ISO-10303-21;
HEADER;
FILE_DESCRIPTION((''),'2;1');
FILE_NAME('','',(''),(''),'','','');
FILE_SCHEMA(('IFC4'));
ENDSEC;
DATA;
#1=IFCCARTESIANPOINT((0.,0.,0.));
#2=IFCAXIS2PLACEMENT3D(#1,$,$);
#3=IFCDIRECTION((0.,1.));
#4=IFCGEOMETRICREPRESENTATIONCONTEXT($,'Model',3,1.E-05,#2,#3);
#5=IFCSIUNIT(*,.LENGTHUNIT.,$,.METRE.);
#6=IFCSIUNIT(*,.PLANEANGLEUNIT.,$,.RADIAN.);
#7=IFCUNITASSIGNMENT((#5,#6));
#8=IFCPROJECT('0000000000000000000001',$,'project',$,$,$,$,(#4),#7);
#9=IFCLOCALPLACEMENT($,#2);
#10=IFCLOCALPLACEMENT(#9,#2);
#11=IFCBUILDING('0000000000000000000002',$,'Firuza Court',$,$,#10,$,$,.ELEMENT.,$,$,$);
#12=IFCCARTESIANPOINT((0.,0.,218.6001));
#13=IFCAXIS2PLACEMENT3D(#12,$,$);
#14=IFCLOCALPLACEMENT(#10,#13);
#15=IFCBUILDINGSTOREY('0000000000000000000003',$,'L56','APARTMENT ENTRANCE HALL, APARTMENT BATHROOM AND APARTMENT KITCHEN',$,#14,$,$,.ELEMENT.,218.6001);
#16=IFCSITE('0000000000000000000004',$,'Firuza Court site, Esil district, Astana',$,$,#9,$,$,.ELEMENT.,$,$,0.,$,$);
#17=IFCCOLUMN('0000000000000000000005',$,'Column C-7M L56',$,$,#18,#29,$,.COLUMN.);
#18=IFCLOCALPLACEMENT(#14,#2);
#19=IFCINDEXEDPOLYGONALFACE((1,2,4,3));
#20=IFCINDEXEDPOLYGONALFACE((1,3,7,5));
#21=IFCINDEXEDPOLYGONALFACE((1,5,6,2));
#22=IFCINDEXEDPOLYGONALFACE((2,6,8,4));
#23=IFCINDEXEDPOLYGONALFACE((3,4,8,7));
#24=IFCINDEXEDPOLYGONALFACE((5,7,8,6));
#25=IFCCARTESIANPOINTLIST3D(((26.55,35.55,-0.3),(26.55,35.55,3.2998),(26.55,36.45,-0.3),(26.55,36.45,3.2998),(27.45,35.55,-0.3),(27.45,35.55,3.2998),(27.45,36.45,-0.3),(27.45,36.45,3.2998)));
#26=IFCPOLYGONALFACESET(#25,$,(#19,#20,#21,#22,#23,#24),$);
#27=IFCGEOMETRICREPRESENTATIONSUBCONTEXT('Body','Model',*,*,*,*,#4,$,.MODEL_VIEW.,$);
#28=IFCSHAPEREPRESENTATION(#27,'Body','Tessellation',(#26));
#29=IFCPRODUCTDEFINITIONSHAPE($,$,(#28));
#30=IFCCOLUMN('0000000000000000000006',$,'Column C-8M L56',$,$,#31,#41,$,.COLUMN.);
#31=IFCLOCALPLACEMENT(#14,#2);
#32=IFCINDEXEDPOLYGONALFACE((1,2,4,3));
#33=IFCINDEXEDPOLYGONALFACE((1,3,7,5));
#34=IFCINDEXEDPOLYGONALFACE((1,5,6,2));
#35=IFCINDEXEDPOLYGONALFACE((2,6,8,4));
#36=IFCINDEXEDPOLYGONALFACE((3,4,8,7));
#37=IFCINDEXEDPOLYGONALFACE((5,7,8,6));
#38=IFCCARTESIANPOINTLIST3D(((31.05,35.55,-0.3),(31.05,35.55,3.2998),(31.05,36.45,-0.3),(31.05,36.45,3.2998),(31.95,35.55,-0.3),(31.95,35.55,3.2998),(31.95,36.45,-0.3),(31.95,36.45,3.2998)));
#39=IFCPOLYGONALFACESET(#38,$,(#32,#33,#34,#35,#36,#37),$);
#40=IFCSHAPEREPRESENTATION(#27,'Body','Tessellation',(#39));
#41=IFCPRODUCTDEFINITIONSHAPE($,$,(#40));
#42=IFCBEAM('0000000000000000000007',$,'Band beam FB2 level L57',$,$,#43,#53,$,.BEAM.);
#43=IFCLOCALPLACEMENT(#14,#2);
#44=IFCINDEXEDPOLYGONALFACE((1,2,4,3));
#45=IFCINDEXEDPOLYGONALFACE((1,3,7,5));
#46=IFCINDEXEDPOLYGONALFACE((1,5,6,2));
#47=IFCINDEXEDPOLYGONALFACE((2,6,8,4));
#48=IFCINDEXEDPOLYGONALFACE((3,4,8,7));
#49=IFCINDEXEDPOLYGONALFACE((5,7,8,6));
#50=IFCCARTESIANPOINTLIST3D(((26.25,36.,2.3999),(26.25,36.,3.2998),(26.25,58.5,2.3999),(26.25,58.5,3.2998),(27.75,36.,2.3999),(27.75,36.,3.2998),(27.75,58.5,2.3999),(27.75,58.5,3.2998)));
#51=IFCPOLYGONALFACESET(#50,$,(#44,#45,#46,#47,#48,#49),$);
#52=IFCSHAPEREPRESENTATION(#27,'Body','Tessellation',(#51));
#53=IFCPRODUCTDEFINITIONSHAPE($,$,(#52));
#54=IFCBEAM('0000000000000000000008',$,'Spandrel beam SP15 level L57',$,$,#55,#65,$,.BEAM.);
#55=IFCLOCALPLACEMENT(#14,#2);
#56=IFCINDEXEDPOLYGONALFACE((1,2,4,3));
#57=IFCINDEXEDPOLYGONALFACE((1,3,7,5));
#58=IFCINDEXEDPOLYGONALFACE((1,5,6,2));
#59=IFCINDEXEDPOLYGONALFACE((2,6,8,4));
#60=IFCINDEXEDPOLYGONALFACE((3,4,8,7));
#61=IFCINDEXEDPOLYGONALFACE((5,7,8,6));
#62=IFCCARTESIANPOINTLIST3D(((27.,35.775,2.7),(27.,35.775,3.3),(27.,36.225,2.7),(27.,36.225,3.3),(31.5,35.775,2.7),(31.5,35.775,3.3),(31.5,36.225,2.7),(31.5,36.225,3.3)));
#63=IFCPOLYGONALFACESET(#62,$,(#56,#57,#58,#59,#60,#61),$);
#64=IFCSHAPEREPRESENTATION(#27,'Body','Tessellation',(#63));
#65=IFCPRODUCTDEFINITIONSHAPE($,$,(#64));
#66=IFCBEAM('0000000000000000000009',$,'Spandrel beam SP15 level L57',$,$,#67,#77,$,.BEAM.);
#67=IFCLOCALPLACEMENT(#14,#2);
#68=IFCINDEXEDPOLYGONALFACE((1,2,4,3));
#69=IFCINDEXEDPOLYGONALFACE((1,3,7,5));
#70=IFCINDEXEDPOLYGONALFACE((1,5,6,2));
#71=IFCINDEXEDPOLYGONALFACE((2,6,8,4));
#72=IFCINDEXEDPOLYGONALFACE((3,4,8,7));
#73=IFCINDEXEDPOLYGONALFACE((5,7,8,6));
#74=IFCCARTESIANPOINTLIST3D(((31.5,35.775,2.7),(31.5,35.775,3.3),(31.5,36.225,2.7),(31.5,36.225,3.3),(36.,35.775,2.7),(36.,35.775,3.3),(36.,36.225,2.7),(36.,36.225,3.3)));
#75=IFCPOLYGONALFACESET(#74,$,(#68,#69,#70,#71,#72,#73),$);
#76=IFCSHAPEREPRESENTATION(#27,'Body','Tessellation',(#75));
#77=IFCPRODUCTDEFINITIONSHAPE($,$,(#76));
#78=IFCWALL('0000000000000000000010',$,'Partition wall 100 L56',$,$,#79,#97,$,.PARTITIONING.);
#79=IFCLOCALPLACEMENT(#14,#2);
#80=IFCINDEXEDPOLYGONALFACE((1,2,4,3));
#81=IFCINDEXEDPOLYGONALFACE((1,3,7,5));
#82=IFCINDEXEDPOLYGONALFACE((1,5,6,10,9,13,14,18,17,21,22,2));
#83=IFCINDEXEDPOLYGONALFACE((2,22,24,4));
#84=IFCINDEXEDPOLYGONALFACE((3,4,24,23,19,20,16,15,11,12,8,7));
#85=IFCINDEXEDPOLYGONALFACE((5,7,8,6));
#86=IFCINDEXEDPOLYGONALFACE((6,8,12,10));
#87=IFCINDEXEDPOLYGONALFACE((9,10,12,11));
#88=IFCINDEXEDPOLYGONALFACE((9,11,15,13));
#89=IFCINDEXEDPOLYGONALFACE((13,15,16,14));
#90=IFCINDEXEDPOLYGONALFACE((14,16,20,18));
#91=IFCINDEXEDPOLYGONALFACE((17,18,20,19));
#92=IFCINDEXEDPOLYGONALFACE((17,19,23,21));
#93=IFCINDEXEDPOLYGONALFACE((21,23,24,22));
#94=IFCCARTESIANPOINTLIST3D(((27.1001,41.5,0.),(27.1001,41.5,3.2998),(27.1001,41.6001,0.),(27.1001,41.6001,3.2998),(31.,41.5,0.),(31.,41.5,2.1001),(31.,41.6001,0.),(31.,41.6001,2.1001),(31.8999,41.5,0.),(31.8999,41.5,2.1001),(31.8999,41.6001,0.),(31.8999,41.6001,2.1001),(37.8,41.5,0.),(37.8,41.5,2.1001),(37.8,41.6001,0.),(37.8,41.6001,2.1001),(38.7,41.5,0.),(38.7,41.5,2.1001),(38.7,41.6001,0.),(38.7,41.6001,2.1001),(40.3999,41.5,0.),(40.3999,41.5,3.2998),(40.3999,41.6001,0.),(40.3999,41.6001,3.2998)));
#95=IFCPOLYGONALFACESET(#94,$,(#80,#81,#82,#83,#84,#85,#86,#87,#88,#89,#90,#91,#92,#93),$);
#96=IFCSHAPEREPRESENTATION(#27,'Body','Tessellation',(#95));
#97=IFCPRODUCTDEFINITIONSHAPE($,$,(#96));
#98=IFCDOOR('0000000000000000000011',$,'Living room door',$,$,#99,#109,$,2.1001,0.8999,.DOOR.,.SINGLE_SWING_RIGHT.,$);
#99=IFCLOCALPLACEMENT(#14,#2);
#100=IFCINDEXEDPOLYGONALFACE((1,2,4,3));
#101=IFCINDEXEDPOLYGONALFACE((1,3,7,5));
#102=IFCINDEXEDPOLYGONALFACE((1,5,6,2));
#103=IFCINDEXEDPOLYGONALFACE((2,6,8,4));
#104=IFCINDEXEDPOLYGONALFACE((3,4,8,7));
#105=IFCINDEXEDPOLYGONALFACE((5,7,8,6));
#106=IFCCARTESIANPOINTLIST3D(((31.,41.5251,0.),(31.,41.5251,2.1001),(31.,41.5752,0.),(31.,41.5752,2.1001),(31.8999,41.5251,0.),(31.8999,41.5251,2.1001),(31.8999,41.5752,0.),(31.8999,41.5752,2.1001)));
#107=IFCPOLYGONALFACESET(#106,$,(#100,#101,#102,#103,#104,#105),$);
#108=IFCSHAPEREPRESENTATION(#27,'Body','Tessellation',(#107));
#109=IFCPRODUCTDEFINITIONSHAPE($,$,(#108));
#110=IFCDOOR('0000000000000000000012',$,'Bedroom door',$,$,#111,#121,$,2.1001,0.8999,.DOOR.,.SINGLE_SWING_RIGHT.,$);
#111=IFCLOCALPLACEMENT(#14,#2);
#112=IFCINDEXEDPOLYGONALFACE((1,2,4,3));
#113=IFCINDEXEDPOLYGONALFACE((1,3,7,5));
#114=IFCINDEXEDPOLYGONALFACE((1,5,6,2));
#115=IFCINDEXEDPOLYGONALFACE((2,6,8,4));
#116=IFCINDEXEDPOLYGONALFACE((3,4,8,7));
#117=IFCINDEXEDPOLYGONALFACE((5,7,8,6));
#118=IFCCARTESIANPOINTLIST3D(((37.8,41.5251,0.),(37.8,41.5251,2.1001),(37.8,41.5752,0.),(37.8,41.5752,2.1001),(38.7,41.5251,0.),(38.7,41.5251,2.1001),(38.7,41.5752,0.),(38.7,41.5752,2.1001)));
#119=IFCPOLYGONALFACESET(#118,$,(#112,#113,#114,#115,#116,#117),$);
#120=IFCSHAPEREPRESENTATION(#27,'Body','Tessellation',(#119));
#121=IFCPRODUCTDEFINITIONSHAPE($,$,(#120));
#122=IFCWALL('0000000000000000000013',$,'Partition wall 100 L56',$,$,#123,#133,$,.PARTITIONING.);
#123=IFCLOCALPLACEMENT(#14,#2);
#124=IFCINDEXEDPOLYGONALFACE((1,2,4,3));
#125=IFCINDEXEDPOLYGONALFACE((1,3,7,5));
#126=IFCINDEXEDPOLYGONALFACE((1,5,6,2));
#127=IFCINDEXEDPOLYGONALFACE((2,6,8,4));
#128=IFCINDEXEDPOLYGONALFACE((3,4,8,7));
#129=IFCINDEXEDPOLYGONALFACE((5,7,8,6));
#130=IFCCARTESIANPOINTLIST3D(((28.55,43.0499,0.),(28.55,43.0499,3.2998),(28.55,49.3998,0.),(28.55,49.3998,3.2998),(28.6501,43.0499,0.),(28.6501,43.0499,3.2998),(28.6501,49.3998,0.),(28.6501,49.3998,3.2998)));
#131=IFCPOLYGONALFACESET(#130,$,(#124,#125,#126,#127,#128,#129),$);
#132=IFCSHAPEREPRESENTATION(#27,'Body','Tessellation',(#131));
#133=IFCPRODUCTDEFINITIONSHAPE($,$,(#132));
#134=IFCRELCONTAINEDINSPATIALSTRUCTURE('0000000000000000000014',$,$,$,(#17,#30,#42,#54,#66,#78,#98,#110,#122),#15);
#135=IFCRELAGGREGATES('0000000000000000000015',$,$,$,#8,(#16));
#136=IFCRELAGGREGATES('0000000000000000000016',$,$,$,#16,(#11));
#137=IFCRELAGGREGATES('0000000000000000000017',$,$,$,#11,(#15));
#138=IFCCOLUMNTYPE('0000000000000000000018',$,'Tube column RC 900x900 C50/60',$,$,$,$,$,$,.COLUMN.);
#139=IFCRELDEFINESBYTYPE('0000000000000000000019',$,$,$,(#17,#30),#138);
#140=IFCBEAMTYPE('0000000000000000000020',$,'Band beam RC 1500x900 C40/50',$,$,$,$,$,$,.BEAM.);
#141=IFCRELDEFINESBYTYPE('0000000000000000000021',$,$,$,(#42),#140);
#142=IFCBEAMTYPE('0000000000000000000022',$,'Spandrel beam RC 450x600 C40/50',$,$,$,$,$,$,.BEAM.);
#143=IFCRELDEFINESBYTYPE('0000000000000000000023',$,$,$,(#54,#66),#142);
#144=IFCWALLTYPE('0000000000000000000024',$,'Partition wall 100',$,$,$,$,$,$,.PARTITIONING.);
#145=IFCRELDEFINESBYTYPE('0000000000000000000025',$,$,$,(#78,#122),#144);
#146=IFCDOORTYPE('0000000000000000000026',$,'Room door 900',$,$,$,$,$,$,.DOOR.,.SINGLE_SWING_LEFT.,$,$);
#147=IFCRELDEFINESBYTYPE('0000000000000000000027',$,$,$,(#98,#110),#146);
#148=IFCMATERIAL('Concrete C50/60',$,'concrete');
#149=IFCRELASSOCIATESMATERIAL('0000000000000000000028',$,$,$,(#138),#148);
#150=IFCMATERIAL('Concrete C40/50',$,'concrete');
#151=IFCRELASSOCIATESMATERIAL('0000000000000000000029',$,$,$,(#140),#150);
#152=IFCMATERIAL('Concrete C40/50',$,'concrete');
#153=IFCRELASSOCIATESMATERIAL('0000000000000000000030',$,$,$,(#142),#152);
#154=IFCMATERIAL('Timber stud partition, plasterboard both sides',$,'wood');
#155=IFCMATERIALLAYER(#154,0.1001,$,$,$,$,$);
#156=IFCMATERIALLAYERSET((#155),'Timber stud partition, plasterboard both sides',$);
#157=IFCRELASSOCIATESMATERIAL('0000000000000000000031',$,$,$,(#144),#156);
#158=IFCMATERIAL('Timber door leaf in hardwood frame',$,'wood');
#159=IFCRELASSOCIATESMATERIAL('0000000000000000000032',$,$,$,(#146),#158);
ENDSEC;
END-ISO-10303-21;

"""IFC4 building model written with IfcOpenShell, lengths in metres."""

from ifc_helpers import new_model, si_unit, direction, frame, frame_2d, origin, origin_2d, place, context, subcontext, project, spatial, rectangle, extrude, material, layer, layer_set, material_profile, profile_set, type_object, element, fill, save


model = new_model("IFC4")

# Units and contexts
model_context = context("Model", 3, precision=1e-05, world=origin(), true_north=direction((0.0, 1.0)))
body_context = subcontext(model_context, "Body", "Model", "MODEL_VIEW")
ifc_project = project(units=[si_unit("LENGTHUNIT", "METRE"), si_unit("PLANEANGLEUNIT", "RADIAN")], contexts=[model_context])

# Site, building, storey
site_placement = place(None, origin())
site = spatial("IfcSite", under=ifc_project, at=site_placement, Name="Firuza Court site, Esil district, Astana", CompositionType="ELEMENT", RefElevation=0.0)
building_placement = place(site_placement, origin())
building = spatial("IfcBuilding", under=site, at=building_placement, Name="Firuza Court", CompositionType="ELEMENT")
storey_placement = place(building_placement, frame((0.0, 0.0, 218.6001)))
storey = spatial("IfcBuildingStorey", under=building, at=storey_placement, Name="L56", Description="APARTMENT ENTRANCE HALL, APARTMENT BATHROOM AND APARTMENT KITCHEN", CompositionType="ELEMENT", Elevation=218.6001)

# Columns
ifc_material_1 = material(Name="Concrete C50/60", Category="concrete")
ifc_material_profile_1 = material_profile(ifc_material_1, rectangle(XDim=0.8999, YDim=0.8999, at=origin_2d()), Name="RC 900x900")
ifc_profile_set_1 = profile_set([ifc_material_profile_1], Name="Concrete C50/60")
column_type = type_object("IfcColumnType", Name="Tube column RC 900x900 C50/60", PredefinedType="COLUMN", material=ifc_profile_set_1)
for number, where, z_axis, x_axis, name in (
    (1, (27.0, 36.0, -0.3), (0.0, 0.0, 1.0), (1.0, 0.0, 0.0), "Column C-7M L56"),
    (2, (31.5, 36.0, -0.3), (0.0, 0.0, 1.0), (1.0, 0.0, 0.0), "Column C-8M L56"),
):
    element("IfcColumn", number, at=place(storey_placement, frame(where, z_axis=z_axis, x_axis=x_axis)), inside=storey, type_object=column_type, Name=name, PredefinedType="COLUMN", context=body_context, shape_type="SweptSolid", body=[
        extrude(rectangle(XDim=0.8999, YDim=0.8999, at=origin_2d()), origin(), (0.0, 0.0, 1.0), 3.5999),
    ])

# Beams
ifc_material_2 = material(Name="Concrete C40/50", Category="concrete")
ifc_material_profile_2 = material_profile(ifc_material_2, rectangle(XDim=1.5, YDim=0.8999, at=origin_2d()), Name="RC 1500x900")
ifc_profile_set_2 = profile_set([ifc_material_profile_2], Name="Concrete C40/50")
beam_type_1 = type_object("IfcBeamType", Name="Band beam RC 1500x900 C40/50", PredefinedType="BEAM", material=ifc_profile_set_2)
beam_placement = place(storey_placement, frame((27.0, 36.0, 2.8499), z_axis=(0.0, 1.0, 0.0), x_axis=(-1.0, 0.0, 0.0)))
element("IfcBeam", 3, at=beam_placement, inside=storey, type_object=beam_type_1, Name="Band beam FB2 level L57", PredefinedType="BEAM", context=body_context, shape_type="SweptSolid", body=[
    extrude(rectangle(XDim=1.5, YDim=0.8999, at=origin_2d()), origin(), (0.0, 0.0, 1.0), 22.5),
])
ifc_material_3 = material(Name="Concrete C40/50", Category="concrete")
ifc_material_profile_3 = material_profile(ifc_material_3, rectangle(XDim=0.45, YDim=0.6001, at=origin_2d()), Name="RC 450x600")
ifc_profile_set_3 = profile_set([ifc_material_profile_3], Name="Concrete C40/50")
beam_type_2 = type_object("IfcBeamType", Name="Spandrel beam RC 450x600 C40/50", PredefinedType="BEAM", material=ifc_profile_set_3)
for number, where, z_axis, x_axis, name in (
    (4, (27.0, 36.0, 3.0), (1.0, 0.0, 0.0), (0.0, 1.0, 0.0), "Spandrel beam SP15 level L57"),
    (5, (31.5, 36.0, 3.0), (1.0, 0.0, 0.0), (0.0, 1.0, 0.0), "Spandrel beam SP15 level L57"),
):
    element("IfcBeam", number, at=place(storey_placement, frame(where, z_axis=z_axis, x_axis=x_axis)), inside=storey, type_object=beam_type_2, Name=name, PredefinedType="BEAM", context=body_context, shape_type="SweptSolid", body=[
        extrude(rectangle(XDim=0.45, YDim=0.6001, at=origin_2d()), origin(), (0.0, 0.0, 1.0), 4.5),
    ])

# Wall, openings, doors
ifc_material_4 = material(Name="Timber stud partition, plasterboard both sides", Category="wood")
ifc_layer_1 = layer(ifc_material_4, 0.1001)
ifc_layer_set_1 = layer_set([ifc_layer_1], Name="Timber stud partition, plasterboard both sides")
wall_type_1 = type_object("IfcWallType", Name="Partition wall 100", PredefinedType="PARTITIONING", material=ifc_layer_set_1)
wall_1_placement = place(storey_placement, frame((27.1001, 41.55, 0.0), z_axis=(0.0, 0.0, 1.0), x_axis=(1.0, 0.0, 0.0)))
wall_1 = element("IfcWall", 6, at=wall_1_placement, inside=storey, type_object=wall_type_1, Name="Partition wall 100 L56", PredefinedType="PARTITIONING", context=body_context, shape_type="SweptSolid", body=[
    extrude(rectangle(XDim=13.2998, YDim=0.1001, at=frame_2d((6.6499, 0.0))), origin(), (0.0, 0.0, 1.0), 3.2998),
])
opening_1_placement = place(wall_1_placement, frame((3.8999, 0.0, 0.0)))
opening_1 = element("IfcOpeningElement", 7, at=opening_1_placement, cuts=wall_1, PredefinedType="OPENING", context=body_context, shape_type="SweptSolid", body=[
    extrude(rectangle(XDim=0.8999, YDim=2.1001, at=frame_2d((0.45, 1.05))), frame((0.0, 0.062, 0.0), z_axis=(0.0, -1.0, 0.0), x_axis=(1.0, 0.0, 0.0)), (0.0, 0.0, 1.0), 0.124),
])
opening_2_placement = place(wall_1_placement, frame((10.7, 0.0, 0.0)))
opening_2 = element("IfcOpeningElement", 8, at=opening_2_placement, cuts=wall_1, PredefinedType="OPENING", context=body_context, shape_type="SweptSolid", body=[
    extrude(rectangle(XDim=0.8999, YDim=2.1001, at=frame_2d((0.45, 1.05))), frame((0.0, 0.062, 0.0), z_axis=(0.0, -1.0, 0.0), x_axis=(1.0, 0.0, 0.0)), (0.0, 0.0, 1.0), 0.124),
])
ifc_material_5 = material(Name="Timber door leaf in hardwood frame", Category="wood")
door_type_1 = type_object("IfcDoorType", Name="Room door 900", OperationType="SINGLE_SWING_LEFT", PredefinedType="DOOR", material=ifc_material_5)
door_1_placement = place(opening_1_placement, frame((0.8999, 0.0, 0.0), z_axis=(0.0, 0.0, 1.0), x_axis=(-1.0, 0.0, 0.0)))
door_1 = element("IfcDoor", 9, at=door_1_placement, inside=storey, type_object=door_type_1, Name="Living room door", OperationType="SINGLE_SWING_RIGHT", OverallHeight=2.1001, OverallWidth=0.8999, PredefinedType="DOOR", context=body_context, shape_type="SweptSolid", body=[
    extrude(rectangle(XDim=0.8999, YDim=2.1001, at=frame_2d((0.45, 1.05))), frame((0.0, 0.0249, 0.0), z_axis=(0.0, -1.0, 0.0), x_axis=(1.0, 0.0, 0.0)), (0.0, 0.0, 1.0), 0.05),
])
fill(opening_1, door_1)
door_2_placement = place(opening_2_placement, frame((0.8999, 0.0, 0.0), z_axis=(0.0, 0.0, 1.0), x_axis=(-1.0, 0.0, 0.0)))
door_2 = element("IfcDoor", 10, at=door_2_placement, inside=storey, type_object=door_type_1, Name="Bedroom door", OperationType="SINGLE_SWING_RIGHT", OverallHeight=2.1001, OverallWidth=0.8999, PredefinedType="DOOR", context=body_context, shape_type="SweptSolid", body=[
    extrude(rectangle(XDim=0.8999, YDim=2.1001, at=frame_2d((0.45, 1.05))), frame((0.0, 0.0249, 0.0), z_axis=(0.0, -1.0, 0.0), x_axis=(1.0, 0.0, 0.0)), (0.0, 0.0, 1.0), 0.05),
])
fill(opening_2, door_2)

# Wall
wall_2_placement = place(storey_placement, frame((28.6001, 43.05, 0.0), z_axis=(0.0, 0.0, 1.0), x_axis=(0.0, 1.0, 0.0)))
element("IfcWall", 11, at=wall_2_placement, inside=storey, type_object=wall_type_1, Name="Partition wall 100 L56", PredefinedType="PARTITIONING", context=body_context, shape_type="SweptSolid", body=[
    extrude(rectangle(XDim=6.3499, YDim=0.1001, at=frame_2d((3.1748, 0.0))), origin(), (0.0, 0.0, 1.0), 3.2998),
])

save(model, "model.ifc")
